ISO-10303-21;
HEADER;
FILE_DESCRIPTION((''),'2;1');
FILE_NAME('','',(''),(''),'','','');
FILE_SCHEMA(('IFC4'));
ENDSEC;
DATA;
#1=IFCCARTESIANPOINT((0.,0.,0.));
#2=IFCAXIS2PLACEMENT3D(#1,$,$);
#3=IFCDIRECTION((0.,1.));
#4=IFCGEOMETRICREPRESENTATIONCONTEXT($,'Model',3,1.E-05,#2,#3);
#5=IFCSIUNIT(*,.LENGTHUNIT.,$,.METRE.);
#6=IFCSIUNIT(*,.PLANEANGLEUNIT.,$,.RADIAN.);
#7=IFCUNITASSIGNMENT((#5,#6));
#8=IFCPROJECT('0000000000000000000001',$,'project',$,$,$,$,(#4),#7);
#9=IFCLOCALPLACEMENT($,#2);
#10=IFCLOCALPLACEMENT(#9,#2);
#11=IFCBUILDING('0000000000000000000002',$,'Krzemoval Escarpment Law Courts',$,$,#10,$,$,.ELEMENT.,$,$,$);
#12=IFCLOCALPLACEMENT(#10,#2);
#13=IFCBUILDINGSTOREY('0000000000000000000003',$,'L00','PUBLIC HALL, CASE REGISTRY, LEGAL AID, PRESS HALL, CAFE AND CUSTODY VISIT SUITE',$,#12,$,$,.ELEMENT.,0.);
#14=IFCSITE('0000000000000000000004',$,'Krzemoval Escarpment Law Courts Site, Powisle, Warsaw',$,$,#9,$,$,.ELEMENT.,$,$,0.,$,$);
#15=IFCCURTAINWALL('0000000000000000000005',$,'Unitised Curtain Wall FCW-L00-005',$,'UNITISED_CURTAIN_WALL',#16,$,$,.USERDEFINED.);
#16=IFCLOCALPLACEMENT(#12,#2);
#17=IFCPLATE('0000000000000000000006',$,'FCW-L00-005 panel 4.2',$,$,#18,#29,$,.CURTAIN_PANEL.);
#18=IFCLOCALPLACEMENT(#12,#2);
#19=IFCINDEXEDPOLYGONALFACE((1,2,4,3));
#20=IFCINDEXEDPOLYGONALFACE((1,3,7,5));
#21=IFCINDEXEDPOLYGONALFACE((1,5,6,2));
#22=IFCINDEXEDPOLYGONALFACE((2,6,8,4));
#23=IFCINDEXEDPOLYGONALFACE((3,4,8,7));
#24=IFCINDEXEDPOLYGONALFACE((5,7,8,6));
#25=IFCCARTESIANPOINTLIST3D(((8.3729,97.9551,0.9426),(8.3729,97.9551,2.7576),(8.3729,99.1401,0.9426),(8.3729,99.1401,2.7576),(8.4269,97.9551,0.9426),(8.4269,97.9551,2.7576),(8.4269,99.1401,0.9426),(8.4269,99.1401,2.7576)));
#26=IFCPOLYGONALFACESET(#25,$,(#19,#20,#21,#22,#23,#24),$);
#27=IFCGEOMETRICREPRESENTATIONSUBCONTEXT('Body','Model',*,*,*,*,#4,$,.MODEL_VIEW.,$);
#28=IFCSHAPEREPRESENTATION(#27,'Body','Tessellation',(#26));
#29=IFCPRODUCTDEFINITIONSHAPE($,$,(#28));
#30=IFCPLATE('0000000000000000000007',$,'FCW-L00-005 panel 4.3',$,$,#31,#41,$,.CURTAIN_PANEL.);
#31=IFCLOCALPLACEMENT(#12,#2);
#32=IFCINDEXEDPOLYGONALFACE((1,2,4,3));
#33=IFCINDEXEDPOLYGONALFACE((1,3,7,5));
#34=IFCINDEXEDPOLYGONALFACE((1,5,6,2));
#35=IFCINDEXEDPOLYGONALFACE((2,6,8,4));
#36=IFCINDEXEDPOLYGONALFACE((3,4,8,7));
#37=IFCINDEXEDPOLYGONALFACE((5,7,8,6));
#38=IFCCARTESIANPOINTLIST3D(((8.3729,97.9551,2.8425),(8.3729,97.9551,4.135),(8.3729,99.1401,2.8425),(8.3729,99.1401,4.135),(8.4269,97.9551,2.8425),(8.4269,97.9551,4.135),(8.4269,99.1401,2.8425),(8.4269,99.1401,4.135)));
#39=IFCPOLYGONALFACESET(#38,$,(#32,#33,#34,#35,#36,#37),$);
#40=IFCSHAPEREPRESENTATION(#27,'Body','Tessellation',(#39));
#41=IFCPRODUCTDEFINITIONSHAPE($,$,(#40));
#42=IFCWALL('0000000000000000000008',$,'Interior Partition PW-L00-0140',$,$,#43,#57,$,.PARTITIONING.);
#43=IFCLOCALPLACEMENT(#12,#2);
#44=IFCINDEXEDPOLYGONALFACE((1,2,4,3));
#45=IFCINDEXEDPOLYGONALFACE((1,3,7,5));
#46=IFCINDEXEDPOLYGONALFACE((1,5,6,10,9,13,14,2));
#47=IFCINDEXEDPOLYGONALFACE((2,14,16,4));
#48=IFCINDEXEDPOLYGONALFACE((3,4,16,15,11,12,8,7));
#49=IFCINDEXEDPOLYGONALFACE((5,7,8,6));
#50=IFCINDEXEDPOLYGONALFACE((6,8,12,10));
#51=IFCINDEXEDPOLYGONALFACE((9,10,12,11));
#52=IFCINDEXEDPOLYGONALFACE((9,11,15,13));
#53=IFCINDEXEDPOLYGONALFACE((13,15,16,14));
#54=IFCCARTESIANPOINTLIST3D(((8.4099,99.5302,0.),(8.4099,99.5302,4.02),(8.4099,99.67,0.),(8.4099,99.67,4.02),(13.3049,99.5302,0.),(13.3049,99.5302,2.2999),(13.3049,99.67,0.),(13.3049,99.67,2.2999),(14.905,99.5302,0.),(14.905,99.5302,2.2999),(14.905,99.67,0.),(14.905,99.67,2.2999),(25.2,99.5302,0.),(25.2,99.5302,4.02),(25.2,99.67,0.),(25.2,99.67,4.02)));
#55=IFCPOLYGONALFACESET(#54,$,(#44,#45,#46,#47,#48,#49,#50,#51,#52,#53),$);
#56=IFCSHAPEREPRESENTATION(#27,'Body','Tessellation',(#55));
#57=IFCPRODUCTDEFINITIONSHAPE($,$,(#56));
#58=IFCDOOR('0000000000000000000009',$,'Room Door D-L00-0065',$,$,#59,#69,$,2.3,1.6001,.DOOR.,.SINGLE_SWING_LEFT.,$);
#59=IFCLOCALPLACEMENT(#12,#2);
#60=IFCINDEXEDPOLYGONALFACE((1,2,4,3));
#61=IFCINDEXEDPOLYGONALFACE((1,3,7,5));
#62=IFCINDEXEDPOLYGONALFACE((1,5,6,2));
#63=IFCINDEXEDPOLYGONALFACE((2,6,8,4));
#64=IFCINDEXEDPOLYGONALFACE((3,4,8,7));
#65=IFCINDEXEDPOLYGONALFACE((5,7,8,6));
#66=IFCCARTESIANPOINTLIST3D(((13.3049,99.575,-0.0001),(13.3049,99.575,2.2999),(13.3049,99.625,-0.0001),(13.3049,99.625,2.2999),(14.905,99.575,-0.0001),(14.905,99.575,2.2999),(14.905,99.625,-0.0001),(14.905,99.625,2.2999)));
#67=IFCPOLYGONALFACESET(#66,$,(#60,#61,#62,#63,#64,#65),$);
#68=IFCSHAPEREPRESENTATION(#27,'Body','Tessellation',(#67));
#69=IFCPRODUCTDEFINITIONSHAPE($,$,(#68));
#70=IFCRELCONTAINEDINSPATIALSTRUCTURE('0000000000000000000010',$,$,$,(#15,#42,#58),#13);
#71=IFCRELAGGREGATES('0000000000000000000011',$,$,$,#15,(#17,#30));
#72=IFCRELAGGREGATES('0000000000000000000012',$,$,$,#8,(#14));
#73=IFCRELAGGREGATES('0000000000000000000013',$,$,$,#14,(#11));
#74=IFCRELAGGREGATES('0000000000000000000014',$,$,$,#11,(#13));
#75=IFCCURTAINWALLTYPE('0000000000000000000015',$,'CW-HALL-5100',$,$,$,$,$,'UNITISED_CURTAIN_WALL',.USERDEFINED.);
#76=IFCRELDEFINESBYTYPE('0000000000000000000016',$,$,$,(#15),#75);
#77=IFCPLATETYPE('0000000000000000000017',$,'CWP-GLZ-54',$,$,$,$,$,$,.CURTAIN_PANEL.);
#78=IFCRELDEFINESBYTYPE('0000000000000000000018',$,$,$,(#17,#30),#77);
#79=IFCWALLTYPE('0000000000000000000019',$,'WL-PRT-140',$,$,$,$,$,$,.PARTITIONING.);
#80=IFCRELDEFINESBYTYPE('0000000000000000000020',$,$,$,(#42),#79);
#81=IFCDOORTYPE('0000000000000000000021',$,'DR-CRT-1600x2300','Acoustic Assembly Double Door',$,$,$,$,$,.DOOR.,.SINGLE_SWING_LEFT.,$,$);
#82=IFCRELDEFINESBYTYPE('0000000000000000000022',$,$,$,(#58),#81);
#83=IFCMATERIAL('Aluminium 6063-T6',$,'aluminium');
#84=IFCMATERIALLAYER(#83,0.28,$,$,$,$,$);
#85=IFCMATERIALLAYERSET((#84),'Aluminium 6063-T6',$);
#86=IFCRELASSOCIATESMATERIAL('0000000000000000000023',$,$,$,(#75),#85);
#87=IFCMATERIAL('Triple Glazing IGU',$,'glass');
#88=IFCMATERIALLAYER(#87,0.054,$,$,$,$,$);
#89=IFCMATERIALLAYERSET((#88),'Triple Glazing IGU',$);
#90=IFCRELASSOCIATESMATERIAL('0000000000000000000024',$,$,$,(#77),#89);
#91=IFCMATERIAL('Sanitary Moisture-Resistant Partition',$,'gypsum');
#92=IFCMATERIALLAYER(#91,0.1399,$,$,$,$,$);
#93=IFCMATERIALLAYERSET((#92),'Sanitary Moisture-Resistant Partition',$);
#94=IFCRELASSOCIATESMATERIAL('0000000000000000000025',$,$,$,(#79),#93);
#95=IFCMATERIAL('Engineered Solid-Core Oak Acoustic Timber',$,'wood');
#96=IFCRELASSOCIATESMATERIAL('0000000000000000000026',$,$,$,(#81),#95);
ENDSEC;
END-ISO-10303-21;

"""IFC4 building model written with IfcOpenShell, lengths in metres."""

from ifc_helpers import new_model, si_unit, direction, frame, frame_2d, origin, origin_2d, place, context, subcontext, project, spatial, rectangle, extrude, material, layer, layer_set, type_object, element, fill, aggregate, save


model = new_model("IFC4")

# Units and contexts
model_context = context("Model", 3, precision=1e-05, world=origin(), true_north=direction((0.0, 1.0)))
body_context = subcontext(model_context, "Body", "Model", "MODEL_VIEW")
ifc_project = project(units=[si_unit("LENGTHUNIT", "METRE"), si_unit("PLANEANGLEUNIT", "RADIAN")], contexts=[model_context])

# Site, building, storey
site_placement = place(None, origin())
site = spatial("IfcSite", under=ifc_project, at=site_placement, Name="Krzemoval Escarpment Law Courts Site, Powisle, Warsaw", CompositionType="ELEMENT", RefElevation=0.0)
building_placement = place(site_placement, origin())
building = spatial("IfcBuilding", under=site, at=building_placement, Name="Krzemoval Escarpment Law Courts", CompositionType="ELEMENT")
storey_placement = place(building_placement, origin())
storey = spatial("IfcBuildingStorey", under=building, at=storey_placement, Name="L00", Description="PUBLIC HALL, CASE REGISTRY, LEGAL AID, PRESS HALL, CAFE AND CUSTODY VISIT SUITE", CompositionType="ELEMENT", Elevation=0.0)

# Curtain wall
ifc_material_1 = material(Name="Aluminium 6063-T6", Category="aluminium")
ifc_layer_1 = layer(ifc_material_1, 0.28)
ifc_layer_set_1 = layer_set([ifc_layer_1], Name="Aluminium 6063-T6")
curtain_wall_type = type_object("IfcCurtainWallType", Name="CW-HALL-5100", ElementType="UNITISED_CURTAIN_WALL", PredefinedType="USERDEFINED", material=ifc_layer_set_1)
curtain_wall_placement = place(storey_placement, origin())
curtain_wall = element("IfcCurtainWall", 1, at=curtain_wall_placement, inside=storey, type_object=curtain_wall_type, Name="Unitised Curtain Wall FCW-L00-005", ObjectType="UNITISED_CURTAIN_WALL", PredefinedType="USERDEFINED")

# Plates
ifc_material_2 = material(Name="Triple Glazing IGU", Category="glass")
ifc_layer_2 = layer(ifc_material_2, 0.054)
ifc_layer_set_2 = layer_set([ifc_layer_2], Name="Triple Glazing IGU")
plate_type = type_object("IfcPlateType", Name="CWP-GLZ-54", PredefinedType="CURTAIN_PANEL", material=ifc_layer_set_2)
plate_1_placement = place(storey_placement, frame((8.3999, 98.5476, 0.9426), z_axis=(0.0, 0.0, 1.0), x_axis=(0.0, 1.0, 0.0)))
plate_1 = element("IfcPlate", 2, at=plate_1_placement, type_object=plate_type, Name="FCW-L00-005 panel 4.2", PredefinedType="CURTAIN_PANEL", context=body_context, shape_type="SweptSolid", body=[
    extrude(rectangle(XDim=1.1851, YDim=0.054, at=origin_2d()), origin(), (0.0, 0.0, 1.0), 1.8149),
])
plate_2_placement = place(storey_placement, frame((8.3999, 98.5476, 2.8425), z_axis=(0.0, 0.0, 1.0), x_axis=(0.0, 1.0, 0.0)))
plate_2 = element("IfcPlate", 3, at=plate_2_placement, type_object=plate_type, Name="FCW-L00-005 panel 4.3", PredefinedType="CURTAIN_PANEL", context=body_context, shape_type="SweptSolid", body=[
    extrude(rectangle(XDim=1.1851, YDim=0.054, at=origin_2d()), origin(), (0.0, 0.0, 1.0), 1.2925),
])
aggregate(curtain_wall, [plate_1, plate_2])

# Wall, opening, door
ifc_material_3 = material(Name="Sanitary Moisture-Resistant Partition", Category="gypsum")
ifc_layer_3 = layer(ifc_material_3, 0.1399)
ifc_layer_set_3 = layer_set([ifc_layer_3], Name="Sanitary Moisture-Resistant Partition")
wall_type_1 = type_object("IfcWallType", Name="WL-PRT-140", PredefinedType="PARTITIONING", material=ifc_layer_set_3)
wall_1_placement = place(storey_placement, frame((8.4099, 99.6001, 0.0), z_axis=(0.0, 0.0, 1.0), x_axis=(1.0, 0.0, 0.0)))
wall_1 = element("IfcWall", 4, at=wall_1_placement, inside=storey, type_object=wall_type_1, Name="Interior Partition PW-L00-0140", PredefinedType="PARTITIONING", context=body_context, shape_type="SweptSolid", body=[
    extrude(rectangle(XDim=16.79, YDim=0.1399, at=frame_2d((8.395, 0.0))), origin(), (0.0, 0.0, 1.0), 4.02),
])
opening_1_placement = place(wall_1_placement, frame((4.895, 0.0, 0.0)))
opening_1 = element("IfcOpeningElement", 5, at=opening_1_placement, cuts=wall_1, PredefinedType="OPENING", context=body_context, shape_type="SweptSolid", body=[
    extrude(rectangle(XDim=1.6001, YDim=2.3, at=frame_2d((0.8, 1.1499))), frame((0.0, 0.0849, 0.0), z_axis=(0.0, -1.0, 0.0), x_axis=(1.0, 0.0, 0.0)), (0.0, 0.0, 1.0), 0.1699),
])
ifc_material_4 = material(Name="Engineered Solid-Core Oak Acoustic Timber", Category="wood")
door_type_1 = type_object("IfcDoorType", Name="DR-CRT-1600x2300", Description="Acoustic Assembly Double Door", OperationType="SINGLE_SWING_LEFT", PredefinedType="DOOR", material=ifc_material_4)
door_1_placement = place(opening_1_placement, origin())
door_1 = element("IfcDoor", 6, at=door_1_placement, inside=storey, type_object=door_type_1, Name="Room Door D-L00-0065", OperationType="SINGLE_SWING_LEFT", OverallHeight=2.3, OverallWidth=1.6001, PredefinedType="DOOR", context=body_context, shape_type="SweptSolid", body=[
    extrude(rectangle(XDim=1.6001, YDim=2.3, at=frame_2d((0.8, 1.1499))), frame((0.0, 0.0249, 0.0), z_axis=(0.0, -1.0, 0.0), x_axis=(1.0, 0.0, 0.0)), (0.0, 0.0, 1.0), 0.05),
])
fill(opening_1, door_1)

save(model, "model.ifc")
